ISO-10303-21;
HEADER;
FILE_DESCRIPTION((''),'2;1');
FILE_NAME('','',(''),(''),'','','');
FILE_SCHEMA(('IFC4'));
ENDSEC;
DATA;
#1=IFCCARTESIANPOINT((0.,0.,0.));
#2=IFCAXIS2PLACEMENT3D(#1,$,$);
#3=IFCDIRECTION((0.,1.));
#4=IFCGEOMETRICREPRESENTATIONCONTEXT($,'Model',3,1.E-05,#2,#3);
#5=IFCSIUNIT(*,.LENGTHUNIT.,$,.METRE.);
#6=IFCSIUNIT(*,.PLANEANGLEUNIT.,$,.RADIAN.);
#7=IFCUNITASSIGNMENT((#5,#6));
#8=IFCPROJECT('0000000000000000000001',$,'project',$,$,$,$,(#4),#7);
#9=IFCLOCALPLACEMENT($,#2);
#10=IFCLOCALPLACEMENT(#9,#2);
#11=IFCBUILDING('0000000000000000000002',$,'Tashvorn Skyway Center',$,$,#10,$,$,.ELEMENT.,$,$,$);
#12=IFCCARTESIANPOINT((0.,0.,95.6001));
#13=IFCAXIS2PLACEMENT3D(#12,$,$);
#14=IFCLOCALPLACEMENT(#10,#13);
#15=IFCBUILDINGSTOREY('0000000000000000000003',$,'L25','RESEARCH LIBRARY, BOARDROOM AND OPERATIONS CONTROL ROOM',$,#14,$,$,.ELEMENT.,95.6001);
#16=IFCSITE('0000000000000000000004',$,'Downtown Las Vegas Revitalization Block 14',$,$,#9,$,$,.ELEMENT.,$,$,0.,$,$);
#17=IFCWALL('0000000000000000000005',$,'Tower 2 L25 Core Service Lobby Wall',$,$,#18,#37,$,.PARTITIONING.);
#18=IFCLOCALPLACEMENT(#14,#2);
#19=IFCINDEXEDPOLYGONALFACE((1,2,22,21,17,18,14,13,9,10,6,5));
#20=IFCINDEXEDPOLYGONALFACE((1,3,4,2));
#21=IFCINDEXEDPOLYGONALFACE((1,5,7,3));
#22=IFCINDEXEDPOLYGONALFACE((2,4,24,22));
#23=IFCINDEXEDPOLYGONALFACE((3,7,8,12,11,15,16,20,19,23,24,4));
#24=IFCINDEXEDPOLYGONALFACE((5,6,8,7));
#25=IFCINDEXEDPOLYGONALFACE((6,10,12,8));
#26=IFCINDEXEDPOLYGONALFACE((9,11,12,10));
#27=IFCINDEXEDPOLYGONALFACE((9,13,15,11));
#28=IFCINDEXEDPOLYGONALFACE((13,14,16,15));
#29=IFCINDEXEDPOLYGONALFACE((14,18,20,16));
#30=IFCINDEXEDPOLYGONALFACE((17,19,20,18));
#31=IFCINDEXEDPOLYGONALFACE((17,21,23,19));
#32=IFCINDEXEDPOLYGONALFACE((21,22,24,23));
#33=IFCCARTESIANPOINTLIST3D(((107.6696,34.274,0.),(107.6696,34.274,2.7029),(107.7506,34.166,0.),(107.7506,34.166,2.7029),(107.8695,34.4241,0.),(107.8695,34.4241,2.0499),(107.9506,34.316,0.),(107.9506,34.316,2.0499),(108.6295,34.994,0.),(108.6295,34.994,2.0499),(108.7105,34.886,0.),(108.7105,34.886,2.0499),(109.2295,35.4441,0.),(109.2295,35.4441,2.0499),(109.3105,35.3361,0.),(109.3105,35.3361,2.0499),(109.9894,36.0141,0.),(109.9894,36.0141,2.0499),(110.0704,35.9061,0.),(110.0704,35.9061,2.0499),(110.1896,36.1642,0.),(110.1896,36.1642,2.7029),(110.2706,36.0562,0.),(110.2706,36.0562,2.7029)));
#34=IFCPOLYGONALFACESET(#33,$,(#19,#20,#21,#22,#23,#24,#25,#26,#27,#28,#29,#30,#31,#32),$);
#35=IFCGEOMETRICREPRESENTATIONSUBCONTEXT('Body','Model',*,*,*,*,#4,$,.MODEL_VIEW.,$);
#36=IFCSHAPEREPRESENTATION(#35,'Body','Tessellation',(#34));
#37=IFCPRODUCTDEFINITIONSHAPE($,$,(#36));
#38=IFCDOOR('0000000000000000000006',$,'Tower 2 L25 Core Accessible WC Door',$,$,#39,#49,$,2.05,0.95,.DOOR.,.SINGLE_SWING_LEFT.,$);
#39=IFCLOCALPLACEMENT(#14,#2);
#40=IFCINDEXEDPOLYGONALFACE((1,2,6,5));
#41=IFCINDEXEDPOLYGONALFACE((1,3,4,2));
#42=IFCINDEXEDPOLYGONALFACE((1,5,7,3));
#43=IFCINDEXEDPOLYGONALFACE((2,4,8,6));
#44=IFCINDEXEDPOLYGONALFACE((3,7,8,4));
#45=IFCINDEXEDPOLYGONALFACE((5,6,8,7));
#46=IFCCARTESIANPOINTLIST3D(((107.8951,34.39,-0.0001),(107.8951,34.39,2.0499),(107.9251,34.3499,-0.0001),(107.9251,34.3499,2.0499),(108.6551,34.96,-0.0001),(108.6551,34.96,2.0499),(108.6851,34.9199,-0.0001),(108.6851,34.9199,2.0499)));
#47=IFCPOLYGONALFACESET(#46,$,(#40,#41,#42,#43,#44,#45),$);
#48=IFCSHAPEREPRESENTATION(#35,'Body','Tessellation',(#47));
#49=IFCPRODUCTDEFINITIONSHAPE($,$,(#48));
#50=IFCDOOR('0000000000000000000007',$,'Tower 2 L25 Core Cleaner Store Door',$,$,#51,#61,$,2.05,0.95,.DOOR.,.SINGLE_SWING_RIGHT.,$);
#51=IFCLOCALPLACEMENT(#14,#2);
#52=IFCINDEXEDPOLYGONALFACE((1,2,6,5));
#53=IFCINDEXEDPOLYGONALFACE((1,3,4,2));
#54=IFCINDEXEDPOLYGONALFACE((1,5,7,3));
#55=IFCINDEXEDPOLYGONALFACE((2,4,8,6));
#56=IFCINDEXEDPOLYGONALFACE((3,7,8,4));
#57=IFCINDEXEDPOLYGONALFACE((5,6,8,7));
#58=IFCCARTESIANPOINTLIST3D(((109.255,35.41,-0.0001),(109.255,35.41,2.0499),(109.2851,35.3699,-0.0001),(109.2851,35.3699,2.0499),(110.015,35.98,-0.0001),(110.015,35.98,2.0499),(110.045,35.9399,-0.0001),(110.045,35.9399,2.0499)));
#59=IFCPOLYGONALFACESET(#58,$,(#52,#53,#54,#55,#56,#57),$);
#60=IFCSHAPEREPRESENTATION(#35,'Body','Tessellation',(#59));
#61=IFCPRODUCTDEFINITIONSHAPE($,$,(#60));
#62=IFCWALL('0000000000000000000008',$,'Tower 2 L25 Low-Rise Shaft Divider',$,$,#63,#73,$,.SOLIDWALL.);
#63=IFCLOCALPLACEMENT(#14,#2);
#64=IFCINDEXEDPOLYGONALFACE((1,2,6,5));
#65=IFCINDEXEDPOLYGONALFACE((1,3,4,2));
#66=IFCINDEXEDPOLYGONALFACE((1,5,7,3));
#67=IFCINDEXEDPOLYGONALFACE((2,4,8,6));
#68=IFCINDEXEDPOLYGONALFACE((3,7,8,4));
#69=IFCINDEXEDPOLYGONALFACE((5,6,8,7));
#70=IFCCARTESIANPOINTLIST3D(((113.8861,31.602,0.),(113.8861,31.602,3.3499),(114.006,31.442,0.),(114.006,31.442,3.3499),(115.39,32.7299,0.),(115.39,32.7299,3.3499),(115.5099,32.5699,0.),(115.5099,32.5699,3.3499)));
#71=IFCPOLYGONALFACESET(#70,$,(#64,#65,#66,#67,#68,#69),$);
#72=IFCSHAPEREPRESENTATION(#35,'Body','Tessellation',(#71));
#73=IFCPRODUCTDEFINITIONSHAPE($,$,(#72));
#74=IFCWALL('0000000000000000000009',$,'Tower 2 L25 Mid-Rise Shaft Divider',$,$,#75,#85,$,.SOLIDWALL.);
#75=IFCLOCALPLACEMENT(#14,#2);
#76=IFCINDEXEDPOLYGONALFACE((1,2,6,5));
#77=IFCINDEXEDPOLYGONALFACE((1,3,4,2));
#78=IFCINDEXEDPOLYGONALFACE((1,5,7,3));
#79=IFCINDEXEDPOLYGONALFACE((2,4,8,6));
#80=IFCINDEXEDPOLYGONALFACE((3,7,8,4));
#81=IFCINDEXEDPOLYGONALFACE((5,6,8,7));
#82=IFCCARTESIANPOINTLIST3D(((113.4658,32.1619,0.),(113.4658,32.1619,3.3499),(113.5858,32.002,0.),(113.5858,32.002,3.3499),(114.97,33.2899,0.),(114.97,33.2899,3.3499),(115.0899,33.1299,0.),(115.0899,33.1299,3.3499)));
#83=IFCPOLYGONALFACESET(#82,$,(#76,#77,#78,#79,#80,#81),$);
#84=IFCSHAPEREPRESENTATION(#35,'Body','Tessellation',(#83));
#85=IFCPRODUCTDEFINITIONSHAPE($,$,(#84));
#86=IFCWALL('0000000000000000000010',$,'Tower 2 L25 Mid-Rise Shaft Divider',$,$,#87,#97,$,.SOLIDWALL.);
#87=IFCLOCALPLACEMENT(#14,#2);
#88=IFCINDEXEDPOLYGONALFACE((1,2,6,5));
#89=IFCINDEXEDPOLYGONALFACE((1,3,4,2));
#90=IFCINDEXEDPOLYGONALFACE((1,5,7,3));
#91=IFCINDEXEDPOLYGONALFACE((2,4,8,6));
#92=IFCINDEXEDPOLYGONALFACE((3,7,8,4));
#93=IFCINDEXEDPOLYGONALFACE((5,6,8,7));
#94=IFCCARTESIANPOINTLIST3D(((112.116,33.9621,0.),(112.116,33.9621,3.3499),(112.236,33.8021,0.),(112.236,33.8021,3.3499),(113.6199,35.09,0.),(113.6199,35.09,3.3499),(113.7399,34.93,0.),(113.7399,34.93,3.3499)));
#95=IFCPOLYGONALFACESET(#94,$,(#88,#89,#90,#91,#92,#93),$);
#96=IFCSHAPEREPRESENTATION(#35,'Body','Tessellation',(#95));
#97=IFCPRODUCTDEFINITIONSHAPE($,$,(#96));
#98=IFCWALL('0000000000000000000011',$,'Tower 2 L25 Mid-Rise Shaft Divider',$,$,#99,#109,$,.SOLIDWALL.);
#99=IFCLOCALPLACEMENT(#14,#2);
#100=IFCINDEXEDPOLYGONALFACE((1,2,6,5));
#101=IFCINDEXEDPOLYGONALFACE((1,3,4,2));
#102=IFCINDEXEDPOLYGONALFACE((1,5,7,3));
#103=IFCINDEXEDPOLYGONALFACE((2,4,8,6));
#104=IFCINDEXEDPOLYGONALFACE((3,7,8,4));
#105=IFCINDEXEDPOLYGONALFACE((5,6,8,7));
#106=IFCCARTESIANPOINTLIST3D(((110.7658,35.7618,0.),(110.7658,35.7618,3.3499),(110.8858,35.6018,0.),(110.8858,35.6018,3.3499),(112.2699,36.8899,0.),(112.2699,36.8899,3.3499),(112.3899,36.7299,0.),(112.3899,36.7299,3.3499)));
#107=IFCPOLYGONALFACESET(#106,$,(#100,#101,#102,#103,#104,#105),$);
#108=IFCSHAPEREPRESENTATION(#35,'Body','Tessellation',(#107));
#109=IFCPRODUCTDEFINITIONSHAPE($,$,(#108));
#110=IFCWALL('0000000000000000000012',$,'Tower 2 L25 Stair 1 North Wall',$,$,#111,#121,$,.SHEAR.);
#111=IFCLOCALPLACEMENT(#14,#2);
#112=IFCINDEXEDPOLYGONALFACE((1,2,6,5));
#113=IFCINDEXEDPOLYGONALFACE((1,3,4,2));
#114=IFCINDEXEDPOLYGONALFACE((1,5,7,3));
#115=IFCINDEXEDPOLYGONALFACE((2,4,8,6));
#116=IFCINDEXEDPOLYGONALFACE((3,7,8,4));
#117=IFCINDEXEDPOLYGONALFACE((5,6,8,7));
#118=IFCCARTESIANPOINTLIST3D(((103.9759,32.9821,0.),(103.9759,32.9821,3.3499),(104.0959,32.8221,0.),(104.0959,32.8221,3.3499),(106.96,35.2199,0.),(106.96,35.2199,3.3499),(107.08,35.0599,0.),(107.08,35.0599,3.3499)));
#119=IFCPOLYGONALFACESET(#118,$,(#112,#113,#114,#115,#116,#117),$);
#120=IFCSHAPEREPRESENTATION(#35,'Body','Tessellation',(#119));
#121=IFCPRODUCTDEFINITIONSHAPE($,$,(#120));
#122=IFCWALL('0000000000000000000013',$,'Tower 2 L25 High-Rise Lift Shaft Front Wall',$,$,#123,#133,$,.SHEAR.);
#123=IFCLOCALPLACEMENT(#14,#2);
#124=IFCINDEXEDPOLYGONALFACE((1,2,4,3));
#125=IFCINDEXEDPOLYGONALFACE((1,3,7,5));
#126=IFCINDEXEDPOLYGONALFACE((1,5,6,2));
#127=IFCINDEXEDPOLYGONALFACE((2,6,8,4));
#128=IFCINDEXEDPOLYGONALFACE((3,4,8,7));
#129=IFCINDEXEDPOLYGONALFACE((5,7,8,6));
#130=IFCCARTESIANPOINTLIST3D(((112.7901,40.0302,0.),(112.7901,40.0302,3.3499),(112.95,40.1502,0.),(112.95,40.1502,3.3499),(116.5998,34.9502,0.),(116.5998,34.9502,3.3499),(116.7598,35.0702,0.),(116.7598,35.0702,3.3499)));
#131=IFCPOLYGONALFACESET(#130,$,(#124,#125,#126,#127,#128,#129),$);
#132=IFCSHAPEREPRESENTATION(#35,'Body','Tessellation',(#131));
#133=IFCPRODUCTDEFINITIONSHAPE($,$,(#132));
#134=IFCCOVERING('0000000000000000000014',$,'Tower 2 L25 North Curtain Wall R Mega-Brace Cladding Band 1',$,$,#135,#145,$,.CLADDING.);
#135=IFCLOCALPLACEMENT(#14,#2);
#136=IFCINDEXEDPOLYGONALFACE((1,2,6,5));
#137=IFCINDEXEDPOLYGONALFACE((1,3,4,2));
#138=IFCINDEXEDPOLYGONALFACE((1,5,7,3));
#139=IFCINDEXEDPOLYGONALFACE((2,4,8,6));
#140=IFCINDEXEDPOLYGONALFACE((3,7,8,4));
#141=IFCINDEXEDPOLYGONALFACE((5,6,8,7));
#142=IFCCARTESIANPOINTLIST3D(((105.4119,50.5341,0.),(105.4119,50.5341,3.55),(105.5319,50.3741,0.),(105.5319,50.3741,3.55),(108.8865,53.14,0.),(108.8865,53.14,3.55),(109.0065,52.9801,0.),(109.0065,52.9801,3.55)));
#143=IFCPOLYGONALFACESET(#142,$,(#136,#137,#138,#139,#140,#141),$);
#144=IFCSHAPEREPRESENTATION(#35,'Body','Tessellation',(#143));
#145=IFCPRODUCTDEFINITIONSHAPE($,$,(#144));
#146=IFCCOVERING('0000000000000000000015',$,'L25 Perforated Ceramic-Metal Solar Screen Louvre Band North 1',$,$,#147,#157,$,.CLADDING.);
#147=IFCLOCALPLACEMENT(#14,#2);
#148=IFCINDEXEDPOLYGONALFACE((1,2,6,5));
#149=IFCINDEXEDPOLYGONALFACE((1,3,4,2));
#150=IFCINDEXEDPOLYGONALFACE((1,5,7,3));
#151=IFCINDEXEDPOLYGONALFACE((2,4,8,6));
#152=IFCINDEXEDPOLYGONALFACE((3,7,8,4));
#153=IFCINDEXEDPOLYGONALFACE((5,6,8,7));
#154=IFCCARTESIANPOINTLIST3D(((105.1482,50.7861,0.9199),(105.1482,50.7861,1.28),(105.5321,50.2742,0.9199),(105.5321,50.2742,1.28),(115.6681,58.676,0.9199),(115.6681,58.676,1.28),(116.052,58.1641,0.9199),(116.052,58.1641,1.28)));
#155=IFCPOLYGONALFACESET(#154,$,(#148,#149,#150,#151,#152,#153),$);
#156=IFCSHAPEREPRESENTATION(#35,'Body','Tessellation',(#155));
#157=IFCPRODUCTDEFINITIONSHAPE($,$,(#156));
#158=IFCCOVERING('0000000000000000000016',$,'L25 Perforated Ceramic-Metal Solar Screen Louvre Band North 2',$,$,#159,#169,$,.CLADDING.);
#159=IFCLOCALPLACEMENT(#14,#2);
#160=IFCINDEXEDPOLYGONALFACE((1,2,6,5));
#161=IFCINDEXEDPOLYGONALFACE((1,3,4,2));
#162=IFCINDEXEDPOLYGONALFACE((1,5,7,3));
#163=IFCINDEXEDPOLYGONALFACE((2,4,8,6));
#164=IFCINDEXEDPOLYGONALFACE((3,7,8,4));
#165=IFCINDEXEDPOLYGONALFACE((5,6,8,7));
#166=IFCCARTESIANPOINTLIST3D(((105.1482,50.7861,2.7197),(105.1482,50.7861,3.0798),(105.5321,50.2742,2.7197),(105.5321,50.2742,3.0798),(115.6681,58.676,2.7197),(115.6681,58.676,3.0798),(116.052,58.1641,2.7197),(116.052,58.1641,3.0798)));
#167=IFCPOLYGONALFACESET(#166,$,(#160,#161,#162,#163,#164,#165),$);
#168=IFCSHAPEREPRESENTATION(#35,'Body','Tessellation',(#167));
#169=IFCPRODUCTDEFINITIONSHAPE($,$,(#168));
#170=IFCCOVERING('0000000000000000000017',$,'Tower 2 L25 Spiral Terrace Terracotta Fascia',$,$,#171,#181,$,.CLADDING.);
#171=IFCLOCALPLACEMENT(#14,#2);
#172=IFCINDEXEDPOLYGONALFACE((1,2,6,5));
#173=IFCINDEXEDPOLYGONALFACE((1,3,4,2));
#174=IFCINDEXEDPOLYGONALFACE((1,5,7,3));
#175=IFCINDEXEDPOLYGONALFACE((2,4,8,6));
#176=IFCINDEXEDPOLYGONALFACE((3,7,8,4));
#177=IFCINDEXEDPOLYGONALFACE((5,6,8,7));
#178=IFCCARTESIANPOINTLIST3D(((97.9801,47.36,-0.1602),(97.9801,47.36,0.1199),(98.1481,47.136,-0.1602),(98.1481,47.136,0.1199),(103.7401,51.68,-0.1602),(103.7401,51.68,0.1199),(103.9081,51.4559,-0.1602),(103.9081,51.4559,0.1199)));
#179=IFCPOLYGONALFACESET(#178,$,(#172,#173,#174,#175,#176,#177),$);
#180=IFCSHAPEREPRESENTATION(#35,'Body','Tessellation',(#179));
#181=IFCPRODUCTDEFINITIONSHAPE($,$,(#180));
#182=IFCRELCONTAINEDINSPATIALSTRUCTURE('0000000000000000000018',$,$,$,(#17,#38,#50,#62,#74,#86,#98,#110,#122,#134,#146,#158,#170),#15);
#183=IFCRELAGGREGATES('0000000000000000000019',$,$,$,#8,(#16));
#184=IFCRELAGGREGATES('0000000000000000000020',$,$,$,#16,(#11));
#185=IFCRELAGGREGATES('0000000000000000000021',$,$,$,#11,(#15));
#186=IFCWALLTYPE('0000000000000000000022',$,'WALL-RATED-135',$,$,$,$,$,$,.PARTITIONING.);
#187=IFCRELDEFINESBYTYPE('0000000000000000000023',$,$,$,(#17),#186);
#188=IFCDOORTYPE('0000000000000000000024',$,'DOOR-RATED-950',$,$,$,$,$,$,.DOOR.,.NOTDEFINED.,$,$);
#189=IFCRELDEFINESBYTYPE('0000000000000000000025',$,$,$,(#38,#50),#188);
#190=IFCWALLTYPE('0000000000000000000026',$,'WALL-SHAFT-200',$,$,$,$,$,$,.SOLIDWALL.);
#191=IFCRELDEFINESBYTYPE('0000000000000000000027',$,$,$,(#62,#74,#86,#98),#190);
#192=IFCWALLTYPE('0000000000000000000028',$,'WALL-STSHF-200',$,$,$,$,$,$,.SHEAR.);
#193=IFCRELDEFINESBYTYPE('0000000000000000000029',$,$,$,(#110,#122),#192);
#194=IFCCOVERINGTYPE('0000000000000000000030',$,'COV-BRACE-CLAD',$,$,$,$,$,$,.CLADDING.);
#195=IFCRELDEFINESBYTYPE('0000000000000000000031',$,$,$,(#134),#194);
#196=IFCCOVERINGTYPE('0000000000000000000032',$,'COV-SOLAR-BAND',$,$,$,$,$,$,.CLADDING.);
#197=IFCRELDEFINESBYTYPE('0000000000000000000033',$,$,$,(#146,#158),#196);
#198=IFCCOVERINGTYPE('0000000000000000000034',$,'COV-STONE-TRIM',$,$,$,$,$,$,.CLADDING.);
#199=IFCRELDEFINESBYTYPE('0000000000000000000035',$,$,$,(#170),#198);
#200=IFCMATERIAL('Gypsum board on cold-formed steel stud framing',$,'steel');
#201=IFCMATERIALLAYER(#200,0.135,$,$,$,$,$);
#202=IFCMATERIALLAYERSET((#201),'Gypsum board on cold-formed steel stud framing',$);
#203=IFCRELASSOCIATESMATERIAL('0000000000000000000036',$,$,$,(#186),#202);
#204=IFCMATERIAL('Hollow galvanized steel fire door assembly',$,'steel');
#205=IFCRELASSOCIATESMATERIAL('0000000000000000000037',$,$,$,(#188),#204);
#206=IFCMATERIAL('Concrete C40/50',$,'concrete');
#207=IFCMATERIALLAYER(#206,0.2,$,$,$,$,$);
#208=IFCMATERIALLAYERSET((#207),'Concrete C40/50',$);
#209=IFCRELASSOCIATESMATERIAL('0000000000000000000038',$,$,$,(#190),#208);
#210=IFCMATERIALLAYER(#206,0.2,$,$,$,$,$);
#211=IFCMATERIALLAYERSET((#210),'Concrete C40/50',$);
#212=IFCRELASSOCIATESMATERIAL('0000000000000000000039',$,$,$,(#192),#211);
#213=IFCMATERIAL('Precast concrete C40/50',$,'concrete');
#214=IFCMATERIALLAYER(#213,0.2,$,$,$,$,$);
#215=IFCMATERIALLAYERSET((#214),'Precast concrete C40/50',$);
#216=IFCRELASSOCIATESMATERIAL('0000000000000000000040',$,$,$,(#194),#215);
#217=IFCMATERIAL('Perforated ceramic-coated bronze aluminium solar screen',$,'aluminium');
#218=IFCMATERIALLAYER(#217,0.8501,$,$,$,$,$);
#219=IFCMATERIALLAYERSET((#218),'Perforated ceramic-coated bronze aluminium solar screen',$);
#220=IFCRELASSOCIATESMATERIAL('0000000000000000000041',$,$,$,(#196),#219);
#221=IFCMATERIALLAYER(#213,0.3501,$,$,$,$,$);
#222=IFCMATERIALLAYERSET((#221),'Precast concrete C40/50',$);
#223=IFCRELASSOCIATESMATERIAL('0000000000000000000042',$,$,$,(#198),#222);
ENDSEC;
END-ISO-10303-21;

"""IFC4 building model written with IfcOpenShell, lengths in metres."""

from ifc_helpers import new_model, si_unit, direction, frame, frame_2d, origin, origin_2d, place, context, subcontext, project, spatial, rectangle, extrude, material, layer, layer_set, type_object, element, fill, save


model = new_model("IFC4")

# Units and contexts
model_context = context("Model", 3, precision=1e-05, world=origin(), true_north=direction((0.0, 1.0)))
body_context = subcontext(model_context, "Body", "Model", "MODEL_VIEW")
ifc_project = project(units=[si_unit("LENGTHUNIT", "METRE"), si_unit("PLANEANGLEUNIT", "RADIAN")], contexts=[model_context])

# Site, building, storey
site_placement = place(None, origin())
site = spatial("IfcSite", under=ifc_project, at=site_placement, Name="Downtown Las Vegas Revitalization Block 14", CompositionType="ELEMENT", RefElevation=0.0)
building_placement = place(site_placement, origin())
building = spatial("IfcBuilding", under=site, at=building_placement, Name="Tashvorn Skyway Center", CompositionType="ELEMENT")
storey_placement = place(building_placement, frame((0.0, 0.0, 95.6001)))
storey = spatial("IfcBuildingStorey", under=building, at=storey_placement, Name="L25", Description="RESEARCH LIBRARY, BOARDROOM AND OPERATIONS CONTROL ROOM", CompositionType="ELEMENT", Elevation=95.6001)

# Shared definitions
ifc_material_1 = material(Name="Hollow galvanized steel fire door assembly", Category="steel")

# Shared definitions
ifc_material_2 = material(Name="Gypsum board on cold-formed steel stud framing", Category="steel")

# Wall, openings, doors
ifc_layer_1 = layer(ifc_material_2, 0.135)
ifc_layer_set_1 = layer_set([ifc_layer_1], Name="Gypsum board on cold-formed steel stud framing")
wall_type_1 = type_object("IfcWallType", Name="WALL-RATED-135", PredefinedType="PARTITIONING", material=ifc_layer_set_1)
wall_1_placement = place(storey_placement, frame((107.71, 34.22, 0.0), z_axis=(0.0, 0.0, 1.0), x_axis=(0.799981, 0.600025, 0.0)))
wall_1 = element("IfcWall", 1, at=wall_1_placement, inside=storey, type_object=wall_type_1, Name="Tower 2 L25 Core Service Lobby Wall", PredefinedType="PARTITIONING", context=body_context, shape_type="SweptSolid", body=[
    extrude(rectangle(XDim=3.1501, YDim=0.135, at=frame_2d((1.5752, 0.0))), origin(), (0.0, 0.0, 1.0), 2.7029),
])
opening_1_placement = place(wall_1_placement, frame((0.25, 0.0, 0.0)))
opening_1 = element("IfcOpeningElement", 2, at=opening_1_placement, cuts=wall_1, PredefinedType="OPENING", context=body_context, shape_type="SweptSolid", body=[
    extrude(rectangle(XDim=0.95, YDim=2.05, at=frame_2d((0.4751, 1.0249))), frame((0.0, 0.0774, 0.0), z_axis=(0.0, -1.0, 0.0), x_axis=(1.0, 0.0, 0.0)), (0.0, 0.0, 1.0), 0.155),
])
opening_2_placement = place(wall_1_placement, frame((1.95, 0.0, 0.0)))
opening_2 = element("IfcOpeningElement", 3, at=opening_2_placement, cuts=wall_1, PredefinedType="OPENING", context=body_context, shape_type="SweptSolid", body=[
    extrude(rectangle(XDim=0.95, YDim=2.05, at=frame_2d((0.4751, 1.0249))), frame((0.0, 0.0774, 0.0), z_axis=(0.0, -1.0, 0.0), x_axis=(1.0, 0.0, 0.0)), (0.0, 0.0, 1.0), 0.155),
])
door_type_1 = type_object("IfcDoorType", Name="DOOR-RATED-950", OperationType="NOTDEFINED", PredefinedType="DOOR", material=ifc_material_1)
door_1_placement = place(opening_1_placement, origin())
door_1 = element("IfcDoor", 4, at=door_1_placement, inside=storey, type_object=door_type_1, Name="Tower 2 L25 Core Accessible WC Door", OperationType="SINGLE_SWING_LEFT", OverallHeight=2.05, OverallWidth=0.95, PredefinedType="DOOR", context=body_context, shape_type="SweptSolid", body=[
    extrude(rectangle(XDim=0.95, YDim=2.05, at=frame_2d((0.4751, 1.0249))), frame((0.0, 0.0249, 0.0), z_axis=(0.0, -1.0, 0.0), x_axis=(1.0, 0.0, 0.0)), (0.0, 0.0, 1.0), 0.05),
])
fill(opening_1, door_1)
door_2_placement = place(opening_2_placement, origin())
door_2 = element("IfcDoor", 5, at=door_2_placement, inside=storey, type_object=door_type_1, Name="Tower 2 L25 Core Cleaner Store Door", OperationType="SINGLE_SWING_RIGHT", OverallHeight=2.05, OverallWidth=0.95, PredefinedType="DOOR", context=body_context, shape_type="SweptSolid", body=[
    extrude(rectangle(XDim=0.95, YDim=2.05, at=frame_2d((0.4751, 1.0249))), frame((0.0, 0.0249, 0.0), z_axis=(0.0, -1.0, 0.0), x_axis=(1.0, 0.0, 0.0)), (0.0, 0.0, 1.0), 0.05),
])
fill(opening_2, door_2)

# Walls
ifc_material_3 = material(Name="Concrete C40/50", Category="concrete")
ifc_layer_2 = layer(ifc_material_3, 0.2)
ifc_layer_set_2 = layer_set([ifc_layer_2], Name="Concrete C40/50")
wall_type_2 = type_object("IfcWallType", Name="WALL-SHAFT-200", PredefinedType="SOLIDWALL", material=ifc_layer_set_2)
wall_2_placement = place(storey_placement, frame((113.946, 31.522, 0.0), z_axis=(0.0, 0.0, 1.0), x_axis=(0.8, 0.6, 0.0)))
element("IfcWall", 6, at=wall_2_placement, inside=storey, type_object=wall_type_2, Name="Tower 2 L25 Low-Rise Shaft Divider", PredefinedType="SOLIDWALL", context=body_context, shape_type="SweptSolid", body=[
    extrude(rectangle(XDim=1.8799, YDim=0.2, at=frame_2d((0.9399, 0.0))), origin(), (0.0, 0.0, 1.0), 3.3499),
])
wall_3_placement = place(storey_placement, frame((113.5259, 32.082, 0.0), z_axis=(0.0, 0.0, 1.0), x_axis=(0.800047, 0.599938, 0.0)))
element("IfcWall", 7, at=wall_3_placement, inside=storey, type_object=wall_type_2, Name="Tower 2 L25 Mid-Rise Shaft Divider", PredefinedType="SOLIDWALL", context=body_context, shape_type="SweptSolid", body=[
    extrude(rectangle(XDim=1.8801, YDim=0.2, at=frame_2d((0.9399, 0.0))), origin(), (0.0, 0.0, 1.0), 3.3499),
])
wall_4_placement = place(storey_placement, frame((112.176, 33.8821, 0.0), z_axis=(0.0, 0.0, 1.0), x_axis=(0.8, 0.6, 0.0)))
element("IfcWall", 8, at=wall_4_placement, inside=storey, type_object=wall_type_2, Name="Tower 2 L25 Mid-Rise Shaft Divider", PredefinedType="SOLIDWALL", context=body_context, shape_type="SweptSolid", body=[
    extrude(rectangle(XDim=1.8799, YDim=0.2, at=frame_2d((0.9399, 0.0))), origin(), (0.0, 0.0, 1.0), 3.3499),
])
wall_5_placement = place(storey_placement, frame((110.8259, 35.6819, 0.0), z_axis=(0.0, 0.0, 1.0), x_axis=(0.799984, 0.600021, 0.0)))
element("IfcWall", 9, at=wall_5_placement, inside=storey, type_object=wall_type_2, Name="Tower 2 L25 Mid-Rise Shaft Divider", PredefinedType="SOLIDWALL", context=body_context, shape_type="SweptSolid", body=[
    extrude(rectangle(XDim=1.8801, YDim=0.2, at=frame_2d((0.9399, 0.0))), origin(), (0.0, 0.0, 1.0), 3.3499),
])
ifc_layer_3 = layer(ifc_material_3, 0.2)
ifc_layer_set_3 = layer_set([ifc_layer_3], Name="Concrete C40/50")
wall_type_3 = type_object("IfcWallType", Name="WALL-STSHF-200", PredefinedType="SHEAR", material=ifc_layer_set_3)
wall_6_placement = place(storey_placement, frame((104.0359, 32.9021, 0.0), z_axis=(0.0, 0.0, 1.0), x_axis=(0.800039, 0.599948, 0.0)))
element("IfcWall", 10, at=wall_6_placement, inside=storey, type_object=wall_type_3, Name="Tower 2 L25 Stair 1 North Wall", PredefinedType="SHEAR", context=body_context, shape_type="SweptSolid", body=[
    extrude(rectangle(XDim=3.73, YDim=0.2, at=frame_2d((1.865, 0.0))), origin(), (0.0, 0.0, 1.0), 3.3499),
])
wall_7_placement = place(storey_placement, frame((112.8701, 40.0901, 0.0), z_axis=(0.0, 0.0, 1.0), x_axis=(0.599975, -0.800018, 0.0)))
element("IfcWall", 11, at=wall_7_placement, inside=storey, type_object=wall_type_3, Name="Tower 2 L25 High-Rise Lift Shaft Front Wall", PredefinedType="SHEAR", context=body_context, shape_type="SweptSolid", body=[
    extrude(rectangle(XDim=6.3499, YDim=0.2, at=frame_2d((3.1748, 0.0))), origin(), (0.0, 0.0, 1.0), 3.3499),
])

# Coverings
ifc_material_4 = material(Name="Precast concrete C40/50", Category="concrete")
ifc_layer_4 = layer(ifc_material_4, 0.2)
ifc_layer_set_4 = layer_set([ifc_layer_4], Name="Precast concrete C40/50")
covering_type_1 = type_object("IfcCoveringType", Name="COV-BRACE-CLAD", PredefinedType="CLADDING", material=ifc_layer_set_4)
covering_1_placement = place(storey_placement, frame((107.2092, 51.7571, 0.0), z_axis=(0.0, 0.0, 1.0), x_axis=(0.8, 0.6, 0.0)))
element("IfcCovering", 12, at=covering_1_placement, inside=storey, type_object=covering_type_1, Name="Tower 2 L25 North Curtain Wall R Mega-Brace Cladding Band 1", PredefinedType="CLADDING", context=body_context, shape_type="SweptSolid", body=[
    extrude(rectangle(XDim=4.3433, YDim=0.2, at=origin_2d()), origin(), (0.0, 0.0, 1.0), 3.55),
])
ifc_material_5 = material(Name="Perforated ceramic-coated bronze aluminium solar screen", Category="aluminium")
ifc_layer_5 = layer(ifc_material_5, 0.8501)
ifc_layer_set_5 = layer_set([ifc_layer_5], Name="Perforated ceramic-coated bronze aluminium solar screen")
covering_type_2 = type_object("IfcCoveringType", Name="COV-SOLAR-BAND", PredefinedType="CLADDING", material=ifc_layer_set_5)
for number, where, z_axis, x_axis, name in (
    (13, (110.6001, 54.4751, 0.9199), (0.0, 0.0, 1.0), (0.8, 0.6, 0.0), "L25 Perforated Ceramic-Metal Solar Screen Louvre Band North 1"),
    (14, (110.6001, 54.4751, 2.7197), (0.0, 0.0, 1.0), (0.8, 0.6, 0.0), "L25 Perforated Ceramic-Metal Solar Screen Louvre Band North 2"),
):
    element("IfcCovering", number, at=place(storey_placement, frame(where, z_axis=z_axis, x_axis=x_axis)), inside=storey, type_object=covering_type_2, Name=name, PredefinedType="CLADDING", context=body_context, shape_type="SweptSolid", body=[
        extrude(rectangle(XDim=13.1499, YDim=0.6399, at=origin_2d()), origin(), (0.0, 0.0, 1.0), 0.3601),
    ])
ifc_layer_6 = layer(ifc_material_4, 0.3501)
ifc_layer_set_6 = layer_set([ifc_layer_6], Name="Precast concrete C40/50")
covering_type_3 = type_object("IfcCoveringType", Name="COV-STONE-TRIM", PredefinedType="CLADDING", material=ifc_layer_set_6)
covering_2_placement = place(storey_placement, frame((100.9441, 49.408, -0.1602), z_axis=(0.0, 0.0, 1.0), x_axis=(0.8, 0.6, 0.0)))
element("IfcCovering", 15, at=covering_2_placement, inside=storey, type_object=covering_type_3, Name="Tower 2 L25 Spiral Terrace Terracotta Fascia", PredefinedType="CLADDING", context=body_context, shape_type="SweptSolid", body=[
    extrude(rectangle(XDim=7.2, YDim=0.28, at=origin_2d()), origin(), (0.0, 0.0, 1.0), 0.28),
])

save(model, "model.ifc")
